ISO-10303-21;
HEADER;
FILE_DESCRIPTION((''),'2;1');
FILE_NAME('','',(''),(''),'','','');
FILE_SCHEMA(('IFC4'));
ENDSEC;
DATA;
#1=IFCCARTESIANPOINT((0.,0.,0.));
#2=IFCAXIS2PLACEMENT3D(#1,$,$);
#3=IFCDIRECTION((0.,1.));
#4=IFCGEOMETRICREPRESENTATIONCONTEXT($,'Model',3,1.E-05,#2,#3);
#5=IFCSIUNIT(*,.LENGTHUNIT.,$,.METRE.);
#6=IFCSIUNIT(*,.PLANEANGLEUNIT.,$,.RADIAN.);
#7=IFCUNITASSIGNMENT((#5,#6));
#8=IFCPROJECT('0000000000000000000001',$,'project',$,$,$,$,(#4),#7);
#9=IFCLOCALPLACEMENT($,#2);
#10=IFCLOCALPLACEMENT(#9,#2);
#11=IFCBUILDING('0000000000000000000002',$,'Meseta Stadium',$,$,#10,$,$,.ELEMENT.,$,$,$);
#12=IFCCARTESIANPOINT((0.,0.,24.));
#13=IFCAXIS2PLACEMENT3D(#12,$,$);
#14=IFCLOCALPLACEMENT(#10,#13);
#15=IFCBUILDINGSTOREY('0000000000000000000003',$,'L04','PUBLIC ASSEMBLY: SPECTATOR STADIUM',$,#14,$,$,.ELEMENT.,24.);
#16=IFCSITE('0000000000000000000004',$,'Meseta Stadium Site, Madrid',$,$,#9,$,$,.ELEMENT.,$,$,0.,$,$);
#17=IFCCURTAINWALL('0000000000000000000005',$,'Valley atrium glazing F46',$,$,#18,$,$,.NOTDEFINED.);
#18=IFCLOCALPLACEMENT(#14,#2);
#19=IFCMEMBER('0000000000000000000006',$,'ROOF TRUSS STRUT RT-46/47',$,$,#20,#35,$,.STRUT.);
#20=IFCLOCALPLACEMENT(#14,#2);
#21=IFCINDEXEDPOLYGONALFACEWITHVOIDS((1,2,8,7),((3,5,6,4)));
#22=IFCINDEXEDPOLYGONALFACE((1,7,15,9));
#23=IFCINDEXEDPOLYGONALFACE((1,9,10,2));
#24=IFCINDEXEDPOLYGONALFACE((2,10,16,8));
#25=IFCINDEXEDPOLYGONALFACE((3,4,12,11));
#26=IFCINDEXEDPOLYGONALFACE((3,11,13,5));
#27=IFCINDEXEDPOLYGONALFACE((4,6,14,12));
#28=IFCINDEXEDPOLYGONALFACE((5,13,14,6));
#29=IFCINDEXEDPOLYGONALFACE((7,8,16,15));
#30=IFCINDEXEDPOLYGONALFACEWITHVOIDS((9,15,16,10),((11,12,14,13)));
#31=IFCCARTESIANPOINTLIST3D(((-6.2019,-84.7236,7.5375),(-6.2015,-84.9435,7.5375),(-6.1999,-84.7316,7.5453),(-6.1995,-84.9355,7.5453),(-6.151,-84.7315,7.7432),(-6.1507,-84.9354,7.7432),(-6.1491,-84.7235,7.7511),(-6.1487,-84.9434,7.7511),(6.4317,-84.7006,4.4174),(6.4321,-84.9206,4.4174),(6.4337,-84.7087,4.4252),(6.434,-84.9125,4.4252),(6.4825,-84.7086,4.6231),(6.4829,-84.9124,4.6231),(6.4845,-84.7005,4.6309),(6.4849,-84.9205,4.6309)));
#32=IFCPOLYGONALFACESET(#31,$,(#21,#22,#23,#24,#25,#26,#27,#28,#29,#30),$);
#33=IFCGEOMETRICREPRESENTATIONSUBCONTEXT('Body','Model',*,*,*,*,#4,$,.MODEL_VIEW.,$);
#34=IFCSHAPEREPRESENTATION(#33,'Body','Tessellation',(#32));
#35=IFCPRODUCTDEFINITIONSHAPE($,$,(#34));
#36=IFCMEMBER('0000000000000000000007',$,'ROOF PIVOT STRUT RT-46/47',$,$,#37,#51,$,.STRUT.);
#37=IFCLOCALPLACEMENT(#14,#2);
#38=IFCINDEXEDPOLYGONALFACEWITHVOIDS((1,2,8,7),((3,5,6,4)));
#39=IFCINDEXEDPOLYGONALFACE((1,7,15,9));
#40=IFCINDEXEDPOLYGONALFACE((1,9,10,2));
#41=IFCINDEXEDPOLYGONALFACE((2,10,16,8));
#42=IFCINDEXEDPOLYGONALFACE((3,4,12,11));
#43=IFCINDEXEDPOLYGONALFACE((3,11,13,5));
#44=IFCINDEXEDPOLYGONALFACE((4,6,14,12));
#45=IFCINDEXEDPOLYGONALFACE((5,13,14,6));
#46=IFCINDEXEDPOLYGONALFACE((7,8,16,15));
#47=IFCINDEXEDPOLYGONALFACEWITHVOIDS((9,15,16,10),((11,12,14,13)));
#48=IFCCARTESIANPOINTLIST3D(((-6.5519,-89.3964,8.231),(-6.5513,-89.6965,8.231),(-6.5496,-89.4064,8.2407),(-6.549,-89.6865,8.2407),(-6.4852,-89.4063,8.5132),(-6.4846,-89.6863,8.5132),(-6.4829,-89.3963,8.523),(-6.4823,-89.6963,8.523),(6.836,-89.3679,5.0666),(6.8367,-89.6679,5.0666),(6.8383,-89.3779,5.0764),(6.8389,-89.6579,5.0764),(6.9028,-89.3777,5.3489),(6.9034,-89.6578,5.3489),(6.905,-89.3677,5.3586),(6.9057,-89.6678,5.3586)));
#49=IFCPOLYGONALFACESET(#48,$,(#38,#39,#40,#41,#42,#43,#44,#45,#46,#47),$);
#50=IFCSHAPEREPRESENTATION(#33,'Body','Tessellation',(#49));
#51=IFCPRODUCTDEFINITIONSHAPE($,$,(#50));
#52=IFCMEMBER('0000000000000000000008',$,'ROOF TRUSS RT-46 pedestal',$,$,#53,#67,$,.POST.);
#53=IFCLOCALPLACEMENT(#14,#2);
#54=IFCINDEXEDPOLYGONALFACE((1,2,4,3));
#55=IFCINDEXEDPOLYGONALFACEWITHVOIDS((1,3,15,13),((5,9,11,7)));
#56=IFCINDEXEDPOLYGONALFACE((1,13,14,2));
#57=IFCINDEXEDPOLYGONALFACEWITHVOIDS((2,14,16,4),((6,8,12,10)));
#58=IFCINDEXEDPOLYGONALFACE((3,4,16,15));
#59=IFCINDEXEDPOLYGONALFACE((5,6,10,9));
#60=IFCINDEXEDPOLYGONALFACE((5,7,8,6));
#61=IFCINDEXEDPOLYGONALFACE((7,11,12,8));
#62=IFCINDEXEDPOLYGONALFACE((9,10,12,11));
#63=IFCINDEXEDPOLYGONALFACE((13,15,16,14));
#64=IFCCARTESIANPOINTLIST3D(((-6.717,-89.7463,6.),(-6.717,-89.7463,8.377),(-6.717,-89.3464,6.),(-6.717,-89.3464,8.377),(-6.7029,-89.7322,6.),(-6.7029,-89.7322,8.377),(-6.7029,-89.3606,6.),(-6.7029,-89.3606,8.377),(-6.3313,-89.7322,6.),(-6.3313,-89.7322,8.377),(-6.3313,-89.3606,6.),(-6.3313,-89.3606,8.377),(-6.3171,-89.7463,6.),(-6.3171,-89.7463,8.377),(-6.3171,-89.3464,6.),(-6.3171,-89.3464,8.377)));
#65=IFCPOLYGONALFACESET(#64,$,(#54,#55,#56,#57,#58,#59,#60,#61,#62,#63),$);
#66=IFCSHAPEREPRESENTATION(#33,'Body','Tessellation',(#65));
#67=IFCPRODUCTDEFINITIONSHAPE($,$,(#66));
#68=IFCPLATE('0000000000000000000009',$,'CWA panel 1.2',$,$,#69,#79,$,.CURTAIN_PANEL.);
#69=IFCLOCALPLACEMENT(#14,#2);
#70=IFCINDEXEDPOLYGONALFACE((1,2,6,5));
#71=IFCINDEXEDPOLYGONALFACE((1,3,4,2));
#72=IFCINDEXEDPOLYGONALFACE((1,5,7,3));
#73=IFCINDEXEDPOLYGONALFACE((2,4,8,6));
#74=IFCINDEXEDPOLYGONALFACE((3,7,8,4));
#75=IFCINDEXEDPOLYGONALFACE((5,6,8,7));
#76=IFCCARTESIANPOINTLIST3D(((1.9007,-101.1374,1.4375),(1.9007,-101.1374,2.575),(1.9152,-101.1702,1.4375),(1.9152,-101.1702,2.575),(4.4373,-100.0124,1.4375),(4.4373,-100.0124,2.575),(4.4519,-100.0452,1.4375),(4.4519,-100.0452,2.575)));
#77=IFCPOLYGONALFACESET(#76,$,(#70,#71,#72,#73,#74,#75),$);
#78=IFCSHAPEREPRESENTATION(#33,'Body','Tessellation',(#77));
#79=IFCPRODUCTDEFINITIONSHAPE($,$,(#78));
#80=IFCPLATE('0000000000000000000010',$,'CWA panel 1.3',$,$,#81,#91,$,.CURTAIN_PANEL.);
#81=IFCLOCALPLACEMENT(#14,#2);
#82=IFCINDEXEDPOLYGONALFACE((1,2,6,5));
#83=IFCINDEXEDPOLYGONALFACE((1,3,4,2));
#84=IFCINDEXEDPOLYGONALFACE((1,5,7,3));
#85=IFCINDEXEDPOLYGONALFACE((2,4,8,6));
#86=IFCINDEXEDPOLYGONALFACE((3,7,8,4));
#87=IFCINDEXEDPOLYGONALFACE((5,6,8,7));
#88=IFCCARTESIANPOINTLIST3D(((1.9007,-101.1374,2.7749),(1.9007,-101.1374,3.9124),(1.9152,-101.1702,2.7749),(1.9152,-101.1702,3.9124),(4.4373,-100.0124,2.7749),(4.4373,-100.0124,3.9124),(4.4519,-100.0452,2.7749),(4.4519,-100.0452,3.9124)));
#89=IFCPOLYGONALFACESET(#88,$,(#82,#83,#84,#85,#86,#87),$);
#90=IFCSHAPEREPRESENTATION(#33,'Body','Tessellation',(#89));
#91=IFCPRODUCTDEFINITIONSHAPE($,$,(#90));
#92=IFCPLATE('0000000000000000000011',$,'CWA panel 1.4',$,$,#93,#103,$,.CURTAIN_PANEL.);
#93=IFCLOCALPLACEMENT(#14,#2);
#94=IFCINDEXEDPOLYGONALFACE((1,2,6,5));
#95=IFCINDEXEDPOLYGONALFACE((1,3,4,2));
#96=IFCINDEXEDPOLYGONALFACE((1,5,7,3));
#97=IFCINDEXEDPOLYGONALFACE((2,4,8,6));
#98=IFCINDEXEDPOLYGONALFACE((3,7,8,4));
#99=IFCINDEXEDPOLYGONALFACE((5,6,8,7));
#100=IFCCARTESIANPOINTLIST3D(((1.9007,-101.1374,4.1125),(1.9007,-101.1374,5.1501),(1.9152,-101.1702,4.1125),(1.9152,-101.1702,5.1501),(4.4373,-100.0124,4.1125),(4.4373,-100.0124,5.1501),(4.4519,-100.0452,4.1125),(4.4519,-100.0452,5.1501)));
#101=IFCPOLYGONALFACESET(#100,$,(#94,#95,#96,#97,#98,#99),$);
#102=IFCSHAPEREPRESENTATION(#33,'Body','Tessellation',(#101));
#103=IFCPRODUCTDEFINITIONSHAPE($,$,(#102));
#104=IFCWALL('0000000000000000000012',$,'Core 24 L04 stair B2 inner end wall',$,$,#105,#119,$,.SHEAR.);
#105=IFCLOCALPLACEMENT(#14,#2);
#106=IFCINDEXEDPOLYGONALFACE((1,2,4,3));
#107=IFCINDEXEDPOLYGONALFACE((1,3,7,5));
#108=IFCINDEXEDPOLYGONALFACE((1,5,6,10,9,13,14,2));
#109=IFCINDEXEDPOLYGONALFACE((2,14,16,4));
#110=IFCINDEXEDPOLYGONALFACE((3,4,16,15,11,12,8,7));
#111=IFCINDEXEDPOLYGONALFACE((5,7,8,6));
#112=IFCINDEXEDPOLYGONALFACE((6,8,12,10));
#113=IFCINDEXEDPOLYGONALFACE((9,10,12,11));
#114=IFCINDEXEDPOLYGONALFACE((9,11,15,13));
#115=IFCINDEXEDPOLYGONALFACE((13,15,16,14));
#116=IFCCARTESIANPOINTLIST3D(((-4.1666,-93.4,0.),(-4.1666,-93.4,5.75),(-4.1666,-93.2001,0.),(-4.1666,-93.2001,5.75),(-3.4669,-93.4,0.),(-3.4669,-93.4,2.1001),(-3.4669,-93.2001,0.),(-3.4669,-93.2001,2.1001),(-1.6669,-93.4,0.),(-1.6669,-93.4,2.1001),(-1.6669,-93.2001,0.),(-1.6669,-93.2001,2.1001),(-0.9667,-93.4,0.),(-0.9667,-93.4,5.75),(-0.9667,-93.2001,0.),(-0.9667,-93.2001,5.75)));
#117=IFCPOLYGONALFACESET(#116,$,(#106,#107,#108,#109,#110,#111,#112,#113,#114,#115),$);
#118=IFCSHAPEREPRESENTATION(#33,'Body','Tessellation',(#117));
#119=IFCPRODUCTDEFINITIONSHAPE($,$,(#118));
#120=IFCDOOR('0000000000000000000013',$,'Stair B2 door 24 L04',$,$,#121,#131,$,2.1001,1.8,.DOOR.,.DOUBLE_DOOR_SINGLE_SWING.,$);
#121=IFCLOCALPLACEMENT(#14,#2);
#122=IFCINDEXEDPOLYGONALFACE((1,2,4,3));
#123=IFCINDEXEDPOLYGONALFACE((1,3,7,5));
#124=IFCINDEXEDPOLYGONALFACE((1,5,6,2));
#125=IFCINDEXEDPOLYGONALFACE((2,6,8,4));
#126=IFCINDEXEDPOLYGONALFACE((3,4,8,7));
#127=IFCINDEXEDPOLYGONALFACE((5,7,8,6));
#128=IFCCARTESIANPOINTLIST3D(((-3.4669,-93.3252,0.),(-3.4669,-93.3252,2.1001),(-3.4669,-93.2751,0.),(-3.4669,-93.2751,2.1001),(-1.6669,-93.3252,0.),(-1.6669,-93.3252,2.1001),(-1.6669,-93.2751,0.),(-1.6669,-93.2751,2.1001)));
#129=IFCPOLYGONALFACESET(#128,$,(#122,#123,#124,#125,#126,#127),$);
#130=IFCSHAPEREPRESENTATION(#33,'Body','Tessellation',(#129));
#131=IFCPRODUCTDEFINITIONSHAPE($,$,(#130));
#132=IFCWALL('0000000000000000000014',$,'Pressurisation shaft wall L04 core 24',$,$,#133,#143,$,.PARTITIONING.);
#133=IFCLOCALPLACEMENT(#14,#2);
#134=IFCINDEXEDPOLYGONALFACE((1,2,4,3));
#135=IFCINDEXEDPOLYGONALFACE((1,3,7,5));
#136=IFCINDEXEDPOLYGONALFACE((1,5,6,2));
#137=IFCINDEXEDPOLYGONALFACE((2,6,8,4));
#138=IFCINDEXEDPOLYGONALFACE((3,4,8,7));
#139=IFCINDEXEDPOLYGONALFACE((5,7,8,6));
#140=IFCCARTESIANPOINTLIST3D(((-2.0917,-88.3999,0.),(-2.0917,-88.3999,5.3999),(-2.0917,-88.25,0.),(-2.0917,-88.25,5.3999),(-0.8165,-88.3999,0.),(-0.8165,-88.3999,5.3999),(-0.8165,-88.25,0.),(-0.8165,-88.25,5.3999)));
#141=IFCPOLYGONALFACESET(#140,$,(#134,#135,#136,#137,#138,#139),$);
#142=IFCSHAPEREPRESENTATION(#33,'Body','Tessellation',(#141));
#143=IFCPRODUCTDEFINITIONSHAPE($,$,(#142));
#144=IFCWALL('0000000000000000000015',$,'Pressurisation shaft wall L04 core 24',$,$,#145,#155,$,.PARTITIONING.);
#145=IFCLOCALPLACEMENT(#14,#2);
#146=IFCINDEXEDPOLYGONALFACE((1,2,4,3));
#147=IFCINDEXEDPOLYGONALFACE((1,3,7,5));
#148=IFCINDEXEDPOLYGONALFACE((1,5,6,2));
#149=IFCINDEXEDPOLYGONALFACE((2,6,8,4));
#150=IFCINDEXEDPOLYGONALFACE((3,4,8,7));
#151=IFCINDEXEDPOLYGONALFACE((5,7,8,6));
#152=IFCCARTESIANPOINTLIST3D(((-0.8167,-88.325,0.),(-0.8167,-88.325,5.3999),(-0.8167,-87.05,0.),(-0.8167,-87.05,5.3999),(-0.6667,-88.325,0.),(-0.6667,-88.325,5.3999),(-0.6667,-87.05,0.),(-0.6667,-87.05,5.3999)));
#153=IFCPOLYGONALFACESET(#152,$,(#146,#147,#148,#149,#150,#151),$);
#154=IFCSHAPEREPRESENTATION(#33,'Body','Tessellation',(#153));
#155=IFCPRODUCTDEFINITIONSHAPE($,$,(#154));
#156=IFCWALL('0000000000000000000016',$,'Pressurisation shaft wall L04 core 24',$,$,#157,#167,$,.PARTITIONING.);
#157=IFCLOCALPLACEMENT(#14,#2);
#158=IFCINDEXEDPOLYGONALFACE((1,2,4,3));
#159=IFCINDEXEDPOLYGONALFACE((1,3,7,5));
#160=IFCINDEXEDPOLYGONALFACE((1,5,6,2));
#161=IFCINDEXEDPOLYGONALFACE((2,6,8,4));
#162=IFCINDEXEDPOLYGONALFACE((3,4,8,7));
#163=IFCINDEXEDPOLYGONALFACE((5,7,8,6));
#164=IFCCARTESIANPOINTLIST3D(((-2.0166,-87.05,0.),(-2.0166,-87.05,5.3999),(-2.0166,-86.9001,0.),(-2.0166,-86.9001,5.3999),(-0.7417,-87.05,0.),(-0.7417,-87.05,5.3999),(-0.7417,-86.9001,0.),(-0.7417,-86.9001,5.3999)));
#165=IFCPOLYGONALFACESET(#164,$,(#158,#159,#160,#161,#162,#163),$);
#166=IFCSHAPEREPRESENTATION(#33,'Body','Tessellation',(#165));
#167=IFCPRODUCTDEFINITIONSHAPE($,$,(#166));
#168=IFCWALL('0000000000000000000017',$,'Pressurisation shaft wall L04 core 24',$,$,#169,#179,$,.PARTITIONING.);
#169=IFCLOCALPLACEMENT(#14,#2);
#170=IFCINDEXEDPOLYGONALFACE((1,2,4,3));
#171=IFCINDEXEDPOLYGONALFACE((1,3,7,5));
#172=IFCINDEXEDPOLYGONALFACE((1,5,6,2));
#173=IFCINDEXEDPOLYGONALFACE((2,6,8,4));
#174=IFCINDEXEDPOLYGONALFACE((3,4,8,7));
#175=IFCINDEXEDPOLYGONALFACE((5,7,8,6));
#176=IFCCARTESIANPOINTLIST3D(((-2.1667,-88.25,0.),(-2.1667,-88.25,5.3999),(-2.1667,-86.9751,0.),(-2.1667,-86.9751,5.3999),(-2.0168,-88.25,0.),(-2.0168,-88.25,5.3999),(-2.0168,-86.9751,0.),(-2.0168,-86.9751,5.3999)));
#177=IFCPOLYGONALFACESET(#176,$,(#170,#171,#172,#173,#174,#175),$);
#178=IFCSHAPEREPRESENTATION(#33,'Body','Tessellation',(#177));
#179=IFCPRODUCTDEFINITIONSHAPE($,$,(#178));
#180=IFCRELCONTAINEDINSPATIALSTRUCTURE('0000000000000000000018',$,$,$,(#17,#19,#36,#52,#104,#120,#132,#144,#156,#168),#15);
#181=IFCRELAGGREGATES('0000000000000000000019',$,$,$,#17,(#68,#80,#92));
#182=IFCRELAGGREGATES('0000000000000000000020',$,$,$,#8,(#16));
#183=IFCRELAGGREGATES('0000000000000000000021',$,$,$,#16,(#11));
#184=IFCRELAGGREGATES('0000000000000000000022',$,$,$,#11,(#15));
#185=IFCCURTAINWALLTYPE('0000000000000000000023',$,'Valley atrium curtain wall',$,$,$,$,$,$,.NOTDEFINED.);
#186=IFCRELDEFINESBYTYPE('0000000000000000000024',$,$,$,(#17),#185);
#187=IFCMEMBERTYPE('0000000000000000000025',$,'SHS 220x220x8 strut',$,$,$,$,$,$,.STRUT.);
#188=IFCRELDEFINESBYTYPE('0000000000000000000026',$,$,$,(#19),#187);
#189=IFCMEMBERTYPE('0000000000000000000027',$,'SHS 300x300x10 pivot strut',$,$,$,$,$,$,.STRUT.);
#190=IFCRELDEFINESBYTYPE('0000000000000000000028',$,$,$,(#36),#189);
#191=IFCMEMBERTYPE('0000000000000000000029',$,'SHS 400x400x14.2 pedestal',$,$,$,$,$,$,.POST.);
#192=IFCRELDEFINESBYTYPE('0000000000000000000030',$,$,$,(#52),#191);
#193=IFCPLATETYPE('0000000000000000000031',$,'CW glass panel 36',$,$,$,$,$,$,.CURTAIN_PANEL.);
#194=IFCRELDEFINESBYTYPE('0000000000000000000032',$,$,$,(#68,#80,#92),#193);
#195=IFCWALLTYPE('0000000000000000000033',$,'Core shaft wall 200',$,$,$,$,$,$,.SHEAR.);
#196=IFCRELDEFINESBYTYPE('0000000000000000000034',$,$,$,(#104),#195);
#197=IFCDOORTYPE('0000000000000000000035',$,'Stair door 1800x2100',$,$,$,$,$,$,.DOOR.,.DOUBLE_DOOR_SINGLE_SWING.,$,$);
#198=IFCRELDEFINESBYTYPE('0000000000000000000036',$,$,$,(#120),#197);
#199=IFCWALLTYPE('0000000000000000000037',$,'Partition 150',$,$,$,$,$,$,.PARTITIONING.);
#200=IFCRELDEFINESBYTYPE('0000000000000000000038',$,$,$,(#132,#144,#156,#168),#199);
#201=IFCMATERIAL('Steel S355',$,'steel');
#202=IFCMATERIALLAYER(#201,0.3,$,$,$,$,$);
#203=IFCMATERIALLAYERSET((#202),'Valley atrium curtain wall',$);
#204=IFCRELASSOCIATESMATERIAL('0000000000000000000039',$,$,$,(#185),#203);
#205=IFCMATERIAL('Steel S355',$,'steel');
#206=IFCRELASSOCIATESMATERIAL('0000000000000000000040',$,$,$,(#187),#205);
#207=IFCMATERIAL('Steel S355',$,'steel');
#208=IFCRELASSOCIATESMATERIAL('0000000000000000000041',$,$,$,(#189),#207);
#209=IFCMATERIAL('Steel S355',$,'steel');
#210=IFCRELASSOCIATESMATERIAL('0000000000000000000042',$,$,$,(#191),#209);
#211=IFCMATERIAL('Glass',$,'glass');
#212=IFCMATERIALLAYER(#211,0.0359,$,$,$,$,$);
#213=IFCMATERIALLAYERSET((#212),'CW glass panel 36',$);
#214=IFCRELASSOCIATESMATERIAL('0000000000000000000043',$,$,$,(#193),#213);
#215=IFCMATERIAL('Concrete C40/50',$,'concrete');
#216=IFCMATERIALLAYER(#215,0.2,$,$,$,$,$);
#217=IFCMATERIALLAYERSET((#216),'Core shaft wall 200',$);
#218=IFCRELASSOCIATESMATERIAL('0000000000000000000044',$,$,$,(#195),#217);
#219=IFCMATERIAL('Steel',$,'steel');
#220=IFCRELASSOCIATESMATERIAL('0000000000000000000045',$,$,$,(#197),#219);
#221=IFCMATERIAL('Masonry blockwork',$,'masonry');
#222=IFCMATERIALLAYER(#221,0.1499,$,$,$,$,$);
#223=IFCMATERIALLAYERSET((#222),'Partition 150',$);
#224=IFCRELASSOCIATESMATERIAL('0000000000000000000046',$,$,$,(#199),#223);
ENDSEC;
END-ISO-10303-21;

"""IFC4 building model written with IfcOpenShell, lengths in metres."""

from ifc_helpers import new_model, si_unit, direction, frame, frame_2d, origin, origin_2d, place, context, subcontext, project, spatial, rectangle, hollow_rectangle, extrude, material, layer, layer_set, material_profile, profile_set, type_object, element, fill, aggregate, save


model = new_model("IFC4")

# Units and contexts
model_context = context("Model", 3, precision=1e-05, world=origin(), true_north=direction((0.0, 1.0)))
body_context = subcontext(model_context, "Body", "Model", "MODEL_VIEW")
ifc_project = project(units=[si_unit("LENGTHUNIT", "METRE"), si_unit("PLANEANGLEUNIT", "RADIAN")], contexts=[model_context])

# Site, building, storey
site_placement = place(None, origin())
site = spatial("IfcSite", under=ifc_project, at=site_placement, Name="Meseta Stadium Site, Madrid", CompositionType="ELEMENT", RefElevation=0.0)
building_placement = place(site_placement, origin())
building = spatial("IfcBuilding", under=site, at=building_placement, Name="Meseta Stadium", CompositionType="ELEMENT")
storey_placement = place(building_placement, frame((0.0, 0.0, 24.0)))
storey = spatial("IfcBuildingStorey", under=building, at=storey_placement, Name="L04", Description="PUBLIC ASSEMBLY: SPECTATOR STADIUM", CompositionType="ELEMENT", Elevation=24.0)

# Curtain wall
ifc_material_1 = material(Name="Steel S355", Category="steel")
ifc_layer_1 = layer(ifc_material_1, 0.3)
ifc_layer_set_1 = layer_set([ifc_layer_1], Name="Valley atrium curtain wall")
curtain_wall_type = type_object("IfcCurtainWallType", Name="Valley atrium curtain wall", PredefinedType="NOTDEFINED", material=ifc_layer_set_1)
curtain_wall_placement = place(storey_placement, origin())
curtain_wall = element("IfcCurtainWall", 1, at=curtain_wall_placement, inside=storey, type_object=curtain_wall_type, Name="Valley atrium glazing F46", PredefinedType="NOTDEFINED")

# Members
ifc_material_2 = material(Name="Steel S355", Category="steel")
ifc_material_profile_1 = material_profile(ifc_material_2, hollow_rectangle(XDim=0.22, YDim=0.22, WallThickness=0.0081, at=origin_2d()), Name="SHS 220x220x8")
ifc_profile_set_1 = profile_set([ifc_material_profile_1], Name="Steel S355")
member_type_1 = type_object("IfcMemberType", Name="SHS 220x220x8 strut", PredefinedType="STRUT", material=ifc_profile_set_1)
member_1_placement = place(storey_placement, frame((-6.1753, -84.8335, 7.6443), z_axis=(0.970829, 0.001764, -0.239766), x_axis=(-0.001817, 0.999998, 0.0)))
element("IfcMember", 2, at=member_1_placement, inside=storey, type_object=member_type_1, Name="ROOF TRUSS STRUT RT-46/47", PredefinedType="STRUT", context=body_context, shape_type="SweptSolid", body=[
    extrude(hollow_rectangle(XDim=0.22, YDim=0.22, WallThickness=0.0081, at=origin_2d()), origin(), (0.0, 0.0, 1.0), 13.0132),
])
ifc_material_3 = material(Name="Steel S355", Category="steel")
ifc_material_profile_2 = material_profile(ifc_material_3, hollow_rectangle(XDim=0.3, YDim=0.3, WallThickness=0.01, at=origin_2d()), Name="SHS 300x300x10")
ifc_profile_set_2 = profile_set([ifc_material_profile_2], Name="Steel S355")
member_type_2 = type_object("IfcMemberType", Name="SHS 300x300x10 pivot strut", PredefinedType="STRUT", material=ifc_profile_set_2)
member_2_placement = place(storey_placement, frame((-6.5171, -89.5464, 8.377), z_axis=(0.973184, 0.002076, -0.230017), x_axis=(-0.002134, 0.999998, 0.0)))
element("IfcMember", 3, at=member_2_placement, inside=storey, type_object=member_type_2, Name="ROOF PIVOT STRUT RT-46/47", PredefinedType="STRUT", context=body_context, shape_type="SweptSolid", body=[
    extrude(hollow_rectangle(XDim=0.3, YDim=0.3, WallThickness=0.01, at=origin_2d()), origin(), (0.0, 0.0, 1.0), 13.7568),
])
ifc_material_4 = material(Name="Steel S355", Category="steel")
ifc_material_profile_3 = material_profile(ifc_material_4, hollow_rectangle(XDim=0.3999, YDim=0.3999, WallThickness=0.0142, at=origin_2d()), Name="SHS 400x400x14.2")
ifc_profile_set_3 = profile_set([ifc_material_profile_3], Name="Steel S355")
member_type_3 = type_object("IfcMemberType", Name="SHS 400x400x14.2 pedestal", PredefinedType="POST", material=ifc_profile_set_3)
member_3_placement = place(storey_placement, frame((-6.5171, -89.5464, 6.0), z_axis=(0.0, 0.0, 1.0), x_axis=(1.0, 0.0, 0.0)))
element("IfcMember", 4, at=member_3_placement, inside=storey, type_object=member_type_3, Name="ROOF TRUSS RT-46 pedestal", PredefinedType="POST", context=body_context, shape_type="SweptSolid", body=[
    extrude(hollow_rectangle(XDim=0.3999, YDim=0.3999, WallThickness=0.0142, at=origin_2d()), origin(), (0.0, 0.0, 1.0), 2.377),
])

# Plates
ifc_material_5 = material(Name="Glass", Category="glass")
ifc_layer_2 = layer(ifc_material_5, 0.0359)
ifc_layer_set_2 = layer_set([ifc_layer_2], Name="CW glass panel 36")
plate_type = type_object("IfcPlateType", Name="CW glass panel 36", PredefinedType="CURTAIN_PANEL", material=ifc_layer_set_2)
plate_1_placement = place(storey_placement, frame((3.1763, -100.5913, 1.4375), z_axis=(0.0, 0.0, 1.0), x_axis=(0.914139, 0.405401, 0.0)))
plate_1 = element("IfcPlate", 5, at=plate_1_placement, type_object=plate_type, Name="CWA panel 1.2", PredefinedType="CURTAIN_PANEL", context=body_context, shape_type="SweptSolid", body=[
    extrude(rectangle(XDim=2.7749, YDim=0.0359, at=origin_2d()), origin(), (0.0, 0.0, 1.0), 1.1375),
])
plate_2_placement = place(storey_placement, frame((3.1763, -100.5913, 2.7749), z_axis=(0.0, 0.0, 1.0), x_axis=(0.914139, 0.405401, 0.0)))
plate_2 = element("IfcPlate", 6, at=plate_2_placement, type_object=plate_type, Name="CWA panel 1.3", PredefinedType="CURTAIN_PANEL", context=body_context, shape_type="SweptSolid", body=[
    extrude(rectangle(XDim=2.7749, YDim=0.0359, at=origin_2d()), origin(), (0.0, 0.0, 1.0), 1.1375),
])
plate_3_placement = place(storey_placement, frame((3.1763, -100.5913, 4.1125), z_axis=(0.0, 0.0, 1.0), x_axis=(0.914139, 0.405401, 0.0)))
plate_3 = element("IfcPlate", 7, at=plate_3_placement, type_object=plate_type, Name="CWA panel 1.4", PredefinedType="CURTAIN_PANEL", context=body_context, shape_type="SweptSolid", body=[
    extrude(rectangle(XDim=2.7749, YDim=0.0359, at=origin_2d()), origin(), (0.0, 0.0, 1.0), 1.0376),
])
aggregate(curtain_wall, [plate_1, plate_2, plate_3])

# Wall, opening, door
ifc_material_6 = material(Name="Concrete C40/50", Category="concrete")
ifc_layer_3 = layer(ifc_material_6, 0.2)
ifc_layer_set_3 = layer_set([ifc_layer_3], Name="Core shaft wall 200")
wall_type_1 = type_object("IfcWallType", Name="Core shaft wall 200", PredefinedType="SHEAR", material=ifc_layer_set_3)
wall_1_placement = place(storey_placement, frame((-4.1667, -93.3, 0.0), z_axis=(0.0, 0.0, 1.0), x_axis=(1.0, 0.0, 0.0)))
wall_1 = element("IfcWall", 8, at=wall_1_placement, inside=storey, type_object=wall_type_1, Name="Core 24 L04 stair B2 inner end wall", PredefinedType="SHEAR", context=body_context, shape_type="SweptSolid", body=[
    extrude(rectangle(XDim=3.2, YDim=0.2, at=frame_2d((1.6001, 0.0))), origin(), (0.0, 0.0, 1.0), 5.75),
])
opening_placement = place(wall_1_placement, frame((0.7, 0.0, 0.0)))
opening = element("IfcOpeningElement", 9, at=opening_placement, cuts=wall_1, PredefinedType="OPENING", context=body_context, shape_type="SweptSolid", body=[
    extrude(rectangle(XDim=1.8, YDim=2.1001, at=frame_2d((0.8999, 1.05))), frame((0.0, 0.1099, 0.0), z_axis=(0.0, -1.0, 0.0), x_axis=(1.0, 0.0, 0.0)), (0.0, 0.0, 1.0), 0.22),
])
ifc_material_7 = material(Name="Steel", Category="steel")
door_type = type_object("IfcDoorType", Name="Stair door 1800x2100", OperationType="DOUBLE_DOOR_SINGLE_SWING", PredefinedType="DOOR", material=ifc_material_7)
door_placement = place(opening_placement, origin())
door = element("IfcDoor", 10, at=door_placement, inside=storey, type_object=door_type, Name="Stair B2 door 24 L04", OperationType="DOUBLE_DOOR_SINGLE_SWING", OverallHeight=2.1001, OverallWidth=1.8, PredefinedType="DOOR", context=body_context, shape_type="SweptSolid", body=[
    extrude(rectangle(XDim=1.8, YDim=2.1001, at=frame_2d((0.8999, 1.05))), frame((0.0, 0.0249, 0.0), z_axis=(0.0, -1.0, 0.0), x_axis=(1.0, 0.0, 0.0)), (0.0, 0.0, 1.0), 0.05),
])
fill(opening, door)

# Walls
ifc_material_8 = material(Name="Masonry blockwork", Category="masonry")
ifc_layer_4 = layer(ifc_material_8, 0.1499)
ifc_layer_set_4 = layer_set([ifc_layer_4], Name="Partition 150")
wall_type_2 = type_object("IfcWallType", Name="Partition 150", PredefinedType="PARTITIONING", material=ifc_layer_set_4)
wall_2_placement = place(storey_placement, frame((-2.0918, -88.325, 0.0), z_axis=(0.0, 0.0, 1.0), x_axis=(1.0, 0.0, 0.0)))
element("IfcWall", 11, at=wall_2_placement, inside=storey, type_object=wall_type_2, Name="Pressurisation shaft wall L04 core 24", PredefinedType="PARTITIONING", context=body_context, shape_type="SweptSolid", body=[
    extrude(rectangle(XDim=1.2751, YDim=0.1499, at=frame_2d((0.6377, 0.0))), origin(), (0.0, 0.0, 1.0), 5.3999),
])
for number, where, z_axis, x_axis, name in (
    (12, (-0.7417, -88.325, 0.0), (0.0, 0.0, 1.0), (0.0, 1.0, 0.0), "Pressurisation shaft wall L04 core 24"),
    (13, (-0.7417, -86.9751, 0.0), (0.0, 0.0, 1.0), (-1.0, 0.0, 0.0), "Pressurisation shaft wall L04 core 24"),
    (14, (-2.0918, -86.9751, 0.0), (0.0, 0.0, 1.0), (0.0, -1.0, 0.0), "Pressurisation shaft wall L04 core 24"),
):
    element("IfcWall", number, at=place(storey_placement, frame(where, z_axis=z_axis, x_axis=x_axis)), inside=storey, type_object=wall_type_2, Name=name, PredefinedType="PARTITIONING", context=body_context, shape_type="SweptSolid", body=[
        extrude(rectangle(XDim=1.2749, YDim=0.1499, at=frame_2d((0.6375, 0.0))), origin(), (0.0, 0.0, 1.0), 5.3999),
    ])

save(model, "model.ifc")
